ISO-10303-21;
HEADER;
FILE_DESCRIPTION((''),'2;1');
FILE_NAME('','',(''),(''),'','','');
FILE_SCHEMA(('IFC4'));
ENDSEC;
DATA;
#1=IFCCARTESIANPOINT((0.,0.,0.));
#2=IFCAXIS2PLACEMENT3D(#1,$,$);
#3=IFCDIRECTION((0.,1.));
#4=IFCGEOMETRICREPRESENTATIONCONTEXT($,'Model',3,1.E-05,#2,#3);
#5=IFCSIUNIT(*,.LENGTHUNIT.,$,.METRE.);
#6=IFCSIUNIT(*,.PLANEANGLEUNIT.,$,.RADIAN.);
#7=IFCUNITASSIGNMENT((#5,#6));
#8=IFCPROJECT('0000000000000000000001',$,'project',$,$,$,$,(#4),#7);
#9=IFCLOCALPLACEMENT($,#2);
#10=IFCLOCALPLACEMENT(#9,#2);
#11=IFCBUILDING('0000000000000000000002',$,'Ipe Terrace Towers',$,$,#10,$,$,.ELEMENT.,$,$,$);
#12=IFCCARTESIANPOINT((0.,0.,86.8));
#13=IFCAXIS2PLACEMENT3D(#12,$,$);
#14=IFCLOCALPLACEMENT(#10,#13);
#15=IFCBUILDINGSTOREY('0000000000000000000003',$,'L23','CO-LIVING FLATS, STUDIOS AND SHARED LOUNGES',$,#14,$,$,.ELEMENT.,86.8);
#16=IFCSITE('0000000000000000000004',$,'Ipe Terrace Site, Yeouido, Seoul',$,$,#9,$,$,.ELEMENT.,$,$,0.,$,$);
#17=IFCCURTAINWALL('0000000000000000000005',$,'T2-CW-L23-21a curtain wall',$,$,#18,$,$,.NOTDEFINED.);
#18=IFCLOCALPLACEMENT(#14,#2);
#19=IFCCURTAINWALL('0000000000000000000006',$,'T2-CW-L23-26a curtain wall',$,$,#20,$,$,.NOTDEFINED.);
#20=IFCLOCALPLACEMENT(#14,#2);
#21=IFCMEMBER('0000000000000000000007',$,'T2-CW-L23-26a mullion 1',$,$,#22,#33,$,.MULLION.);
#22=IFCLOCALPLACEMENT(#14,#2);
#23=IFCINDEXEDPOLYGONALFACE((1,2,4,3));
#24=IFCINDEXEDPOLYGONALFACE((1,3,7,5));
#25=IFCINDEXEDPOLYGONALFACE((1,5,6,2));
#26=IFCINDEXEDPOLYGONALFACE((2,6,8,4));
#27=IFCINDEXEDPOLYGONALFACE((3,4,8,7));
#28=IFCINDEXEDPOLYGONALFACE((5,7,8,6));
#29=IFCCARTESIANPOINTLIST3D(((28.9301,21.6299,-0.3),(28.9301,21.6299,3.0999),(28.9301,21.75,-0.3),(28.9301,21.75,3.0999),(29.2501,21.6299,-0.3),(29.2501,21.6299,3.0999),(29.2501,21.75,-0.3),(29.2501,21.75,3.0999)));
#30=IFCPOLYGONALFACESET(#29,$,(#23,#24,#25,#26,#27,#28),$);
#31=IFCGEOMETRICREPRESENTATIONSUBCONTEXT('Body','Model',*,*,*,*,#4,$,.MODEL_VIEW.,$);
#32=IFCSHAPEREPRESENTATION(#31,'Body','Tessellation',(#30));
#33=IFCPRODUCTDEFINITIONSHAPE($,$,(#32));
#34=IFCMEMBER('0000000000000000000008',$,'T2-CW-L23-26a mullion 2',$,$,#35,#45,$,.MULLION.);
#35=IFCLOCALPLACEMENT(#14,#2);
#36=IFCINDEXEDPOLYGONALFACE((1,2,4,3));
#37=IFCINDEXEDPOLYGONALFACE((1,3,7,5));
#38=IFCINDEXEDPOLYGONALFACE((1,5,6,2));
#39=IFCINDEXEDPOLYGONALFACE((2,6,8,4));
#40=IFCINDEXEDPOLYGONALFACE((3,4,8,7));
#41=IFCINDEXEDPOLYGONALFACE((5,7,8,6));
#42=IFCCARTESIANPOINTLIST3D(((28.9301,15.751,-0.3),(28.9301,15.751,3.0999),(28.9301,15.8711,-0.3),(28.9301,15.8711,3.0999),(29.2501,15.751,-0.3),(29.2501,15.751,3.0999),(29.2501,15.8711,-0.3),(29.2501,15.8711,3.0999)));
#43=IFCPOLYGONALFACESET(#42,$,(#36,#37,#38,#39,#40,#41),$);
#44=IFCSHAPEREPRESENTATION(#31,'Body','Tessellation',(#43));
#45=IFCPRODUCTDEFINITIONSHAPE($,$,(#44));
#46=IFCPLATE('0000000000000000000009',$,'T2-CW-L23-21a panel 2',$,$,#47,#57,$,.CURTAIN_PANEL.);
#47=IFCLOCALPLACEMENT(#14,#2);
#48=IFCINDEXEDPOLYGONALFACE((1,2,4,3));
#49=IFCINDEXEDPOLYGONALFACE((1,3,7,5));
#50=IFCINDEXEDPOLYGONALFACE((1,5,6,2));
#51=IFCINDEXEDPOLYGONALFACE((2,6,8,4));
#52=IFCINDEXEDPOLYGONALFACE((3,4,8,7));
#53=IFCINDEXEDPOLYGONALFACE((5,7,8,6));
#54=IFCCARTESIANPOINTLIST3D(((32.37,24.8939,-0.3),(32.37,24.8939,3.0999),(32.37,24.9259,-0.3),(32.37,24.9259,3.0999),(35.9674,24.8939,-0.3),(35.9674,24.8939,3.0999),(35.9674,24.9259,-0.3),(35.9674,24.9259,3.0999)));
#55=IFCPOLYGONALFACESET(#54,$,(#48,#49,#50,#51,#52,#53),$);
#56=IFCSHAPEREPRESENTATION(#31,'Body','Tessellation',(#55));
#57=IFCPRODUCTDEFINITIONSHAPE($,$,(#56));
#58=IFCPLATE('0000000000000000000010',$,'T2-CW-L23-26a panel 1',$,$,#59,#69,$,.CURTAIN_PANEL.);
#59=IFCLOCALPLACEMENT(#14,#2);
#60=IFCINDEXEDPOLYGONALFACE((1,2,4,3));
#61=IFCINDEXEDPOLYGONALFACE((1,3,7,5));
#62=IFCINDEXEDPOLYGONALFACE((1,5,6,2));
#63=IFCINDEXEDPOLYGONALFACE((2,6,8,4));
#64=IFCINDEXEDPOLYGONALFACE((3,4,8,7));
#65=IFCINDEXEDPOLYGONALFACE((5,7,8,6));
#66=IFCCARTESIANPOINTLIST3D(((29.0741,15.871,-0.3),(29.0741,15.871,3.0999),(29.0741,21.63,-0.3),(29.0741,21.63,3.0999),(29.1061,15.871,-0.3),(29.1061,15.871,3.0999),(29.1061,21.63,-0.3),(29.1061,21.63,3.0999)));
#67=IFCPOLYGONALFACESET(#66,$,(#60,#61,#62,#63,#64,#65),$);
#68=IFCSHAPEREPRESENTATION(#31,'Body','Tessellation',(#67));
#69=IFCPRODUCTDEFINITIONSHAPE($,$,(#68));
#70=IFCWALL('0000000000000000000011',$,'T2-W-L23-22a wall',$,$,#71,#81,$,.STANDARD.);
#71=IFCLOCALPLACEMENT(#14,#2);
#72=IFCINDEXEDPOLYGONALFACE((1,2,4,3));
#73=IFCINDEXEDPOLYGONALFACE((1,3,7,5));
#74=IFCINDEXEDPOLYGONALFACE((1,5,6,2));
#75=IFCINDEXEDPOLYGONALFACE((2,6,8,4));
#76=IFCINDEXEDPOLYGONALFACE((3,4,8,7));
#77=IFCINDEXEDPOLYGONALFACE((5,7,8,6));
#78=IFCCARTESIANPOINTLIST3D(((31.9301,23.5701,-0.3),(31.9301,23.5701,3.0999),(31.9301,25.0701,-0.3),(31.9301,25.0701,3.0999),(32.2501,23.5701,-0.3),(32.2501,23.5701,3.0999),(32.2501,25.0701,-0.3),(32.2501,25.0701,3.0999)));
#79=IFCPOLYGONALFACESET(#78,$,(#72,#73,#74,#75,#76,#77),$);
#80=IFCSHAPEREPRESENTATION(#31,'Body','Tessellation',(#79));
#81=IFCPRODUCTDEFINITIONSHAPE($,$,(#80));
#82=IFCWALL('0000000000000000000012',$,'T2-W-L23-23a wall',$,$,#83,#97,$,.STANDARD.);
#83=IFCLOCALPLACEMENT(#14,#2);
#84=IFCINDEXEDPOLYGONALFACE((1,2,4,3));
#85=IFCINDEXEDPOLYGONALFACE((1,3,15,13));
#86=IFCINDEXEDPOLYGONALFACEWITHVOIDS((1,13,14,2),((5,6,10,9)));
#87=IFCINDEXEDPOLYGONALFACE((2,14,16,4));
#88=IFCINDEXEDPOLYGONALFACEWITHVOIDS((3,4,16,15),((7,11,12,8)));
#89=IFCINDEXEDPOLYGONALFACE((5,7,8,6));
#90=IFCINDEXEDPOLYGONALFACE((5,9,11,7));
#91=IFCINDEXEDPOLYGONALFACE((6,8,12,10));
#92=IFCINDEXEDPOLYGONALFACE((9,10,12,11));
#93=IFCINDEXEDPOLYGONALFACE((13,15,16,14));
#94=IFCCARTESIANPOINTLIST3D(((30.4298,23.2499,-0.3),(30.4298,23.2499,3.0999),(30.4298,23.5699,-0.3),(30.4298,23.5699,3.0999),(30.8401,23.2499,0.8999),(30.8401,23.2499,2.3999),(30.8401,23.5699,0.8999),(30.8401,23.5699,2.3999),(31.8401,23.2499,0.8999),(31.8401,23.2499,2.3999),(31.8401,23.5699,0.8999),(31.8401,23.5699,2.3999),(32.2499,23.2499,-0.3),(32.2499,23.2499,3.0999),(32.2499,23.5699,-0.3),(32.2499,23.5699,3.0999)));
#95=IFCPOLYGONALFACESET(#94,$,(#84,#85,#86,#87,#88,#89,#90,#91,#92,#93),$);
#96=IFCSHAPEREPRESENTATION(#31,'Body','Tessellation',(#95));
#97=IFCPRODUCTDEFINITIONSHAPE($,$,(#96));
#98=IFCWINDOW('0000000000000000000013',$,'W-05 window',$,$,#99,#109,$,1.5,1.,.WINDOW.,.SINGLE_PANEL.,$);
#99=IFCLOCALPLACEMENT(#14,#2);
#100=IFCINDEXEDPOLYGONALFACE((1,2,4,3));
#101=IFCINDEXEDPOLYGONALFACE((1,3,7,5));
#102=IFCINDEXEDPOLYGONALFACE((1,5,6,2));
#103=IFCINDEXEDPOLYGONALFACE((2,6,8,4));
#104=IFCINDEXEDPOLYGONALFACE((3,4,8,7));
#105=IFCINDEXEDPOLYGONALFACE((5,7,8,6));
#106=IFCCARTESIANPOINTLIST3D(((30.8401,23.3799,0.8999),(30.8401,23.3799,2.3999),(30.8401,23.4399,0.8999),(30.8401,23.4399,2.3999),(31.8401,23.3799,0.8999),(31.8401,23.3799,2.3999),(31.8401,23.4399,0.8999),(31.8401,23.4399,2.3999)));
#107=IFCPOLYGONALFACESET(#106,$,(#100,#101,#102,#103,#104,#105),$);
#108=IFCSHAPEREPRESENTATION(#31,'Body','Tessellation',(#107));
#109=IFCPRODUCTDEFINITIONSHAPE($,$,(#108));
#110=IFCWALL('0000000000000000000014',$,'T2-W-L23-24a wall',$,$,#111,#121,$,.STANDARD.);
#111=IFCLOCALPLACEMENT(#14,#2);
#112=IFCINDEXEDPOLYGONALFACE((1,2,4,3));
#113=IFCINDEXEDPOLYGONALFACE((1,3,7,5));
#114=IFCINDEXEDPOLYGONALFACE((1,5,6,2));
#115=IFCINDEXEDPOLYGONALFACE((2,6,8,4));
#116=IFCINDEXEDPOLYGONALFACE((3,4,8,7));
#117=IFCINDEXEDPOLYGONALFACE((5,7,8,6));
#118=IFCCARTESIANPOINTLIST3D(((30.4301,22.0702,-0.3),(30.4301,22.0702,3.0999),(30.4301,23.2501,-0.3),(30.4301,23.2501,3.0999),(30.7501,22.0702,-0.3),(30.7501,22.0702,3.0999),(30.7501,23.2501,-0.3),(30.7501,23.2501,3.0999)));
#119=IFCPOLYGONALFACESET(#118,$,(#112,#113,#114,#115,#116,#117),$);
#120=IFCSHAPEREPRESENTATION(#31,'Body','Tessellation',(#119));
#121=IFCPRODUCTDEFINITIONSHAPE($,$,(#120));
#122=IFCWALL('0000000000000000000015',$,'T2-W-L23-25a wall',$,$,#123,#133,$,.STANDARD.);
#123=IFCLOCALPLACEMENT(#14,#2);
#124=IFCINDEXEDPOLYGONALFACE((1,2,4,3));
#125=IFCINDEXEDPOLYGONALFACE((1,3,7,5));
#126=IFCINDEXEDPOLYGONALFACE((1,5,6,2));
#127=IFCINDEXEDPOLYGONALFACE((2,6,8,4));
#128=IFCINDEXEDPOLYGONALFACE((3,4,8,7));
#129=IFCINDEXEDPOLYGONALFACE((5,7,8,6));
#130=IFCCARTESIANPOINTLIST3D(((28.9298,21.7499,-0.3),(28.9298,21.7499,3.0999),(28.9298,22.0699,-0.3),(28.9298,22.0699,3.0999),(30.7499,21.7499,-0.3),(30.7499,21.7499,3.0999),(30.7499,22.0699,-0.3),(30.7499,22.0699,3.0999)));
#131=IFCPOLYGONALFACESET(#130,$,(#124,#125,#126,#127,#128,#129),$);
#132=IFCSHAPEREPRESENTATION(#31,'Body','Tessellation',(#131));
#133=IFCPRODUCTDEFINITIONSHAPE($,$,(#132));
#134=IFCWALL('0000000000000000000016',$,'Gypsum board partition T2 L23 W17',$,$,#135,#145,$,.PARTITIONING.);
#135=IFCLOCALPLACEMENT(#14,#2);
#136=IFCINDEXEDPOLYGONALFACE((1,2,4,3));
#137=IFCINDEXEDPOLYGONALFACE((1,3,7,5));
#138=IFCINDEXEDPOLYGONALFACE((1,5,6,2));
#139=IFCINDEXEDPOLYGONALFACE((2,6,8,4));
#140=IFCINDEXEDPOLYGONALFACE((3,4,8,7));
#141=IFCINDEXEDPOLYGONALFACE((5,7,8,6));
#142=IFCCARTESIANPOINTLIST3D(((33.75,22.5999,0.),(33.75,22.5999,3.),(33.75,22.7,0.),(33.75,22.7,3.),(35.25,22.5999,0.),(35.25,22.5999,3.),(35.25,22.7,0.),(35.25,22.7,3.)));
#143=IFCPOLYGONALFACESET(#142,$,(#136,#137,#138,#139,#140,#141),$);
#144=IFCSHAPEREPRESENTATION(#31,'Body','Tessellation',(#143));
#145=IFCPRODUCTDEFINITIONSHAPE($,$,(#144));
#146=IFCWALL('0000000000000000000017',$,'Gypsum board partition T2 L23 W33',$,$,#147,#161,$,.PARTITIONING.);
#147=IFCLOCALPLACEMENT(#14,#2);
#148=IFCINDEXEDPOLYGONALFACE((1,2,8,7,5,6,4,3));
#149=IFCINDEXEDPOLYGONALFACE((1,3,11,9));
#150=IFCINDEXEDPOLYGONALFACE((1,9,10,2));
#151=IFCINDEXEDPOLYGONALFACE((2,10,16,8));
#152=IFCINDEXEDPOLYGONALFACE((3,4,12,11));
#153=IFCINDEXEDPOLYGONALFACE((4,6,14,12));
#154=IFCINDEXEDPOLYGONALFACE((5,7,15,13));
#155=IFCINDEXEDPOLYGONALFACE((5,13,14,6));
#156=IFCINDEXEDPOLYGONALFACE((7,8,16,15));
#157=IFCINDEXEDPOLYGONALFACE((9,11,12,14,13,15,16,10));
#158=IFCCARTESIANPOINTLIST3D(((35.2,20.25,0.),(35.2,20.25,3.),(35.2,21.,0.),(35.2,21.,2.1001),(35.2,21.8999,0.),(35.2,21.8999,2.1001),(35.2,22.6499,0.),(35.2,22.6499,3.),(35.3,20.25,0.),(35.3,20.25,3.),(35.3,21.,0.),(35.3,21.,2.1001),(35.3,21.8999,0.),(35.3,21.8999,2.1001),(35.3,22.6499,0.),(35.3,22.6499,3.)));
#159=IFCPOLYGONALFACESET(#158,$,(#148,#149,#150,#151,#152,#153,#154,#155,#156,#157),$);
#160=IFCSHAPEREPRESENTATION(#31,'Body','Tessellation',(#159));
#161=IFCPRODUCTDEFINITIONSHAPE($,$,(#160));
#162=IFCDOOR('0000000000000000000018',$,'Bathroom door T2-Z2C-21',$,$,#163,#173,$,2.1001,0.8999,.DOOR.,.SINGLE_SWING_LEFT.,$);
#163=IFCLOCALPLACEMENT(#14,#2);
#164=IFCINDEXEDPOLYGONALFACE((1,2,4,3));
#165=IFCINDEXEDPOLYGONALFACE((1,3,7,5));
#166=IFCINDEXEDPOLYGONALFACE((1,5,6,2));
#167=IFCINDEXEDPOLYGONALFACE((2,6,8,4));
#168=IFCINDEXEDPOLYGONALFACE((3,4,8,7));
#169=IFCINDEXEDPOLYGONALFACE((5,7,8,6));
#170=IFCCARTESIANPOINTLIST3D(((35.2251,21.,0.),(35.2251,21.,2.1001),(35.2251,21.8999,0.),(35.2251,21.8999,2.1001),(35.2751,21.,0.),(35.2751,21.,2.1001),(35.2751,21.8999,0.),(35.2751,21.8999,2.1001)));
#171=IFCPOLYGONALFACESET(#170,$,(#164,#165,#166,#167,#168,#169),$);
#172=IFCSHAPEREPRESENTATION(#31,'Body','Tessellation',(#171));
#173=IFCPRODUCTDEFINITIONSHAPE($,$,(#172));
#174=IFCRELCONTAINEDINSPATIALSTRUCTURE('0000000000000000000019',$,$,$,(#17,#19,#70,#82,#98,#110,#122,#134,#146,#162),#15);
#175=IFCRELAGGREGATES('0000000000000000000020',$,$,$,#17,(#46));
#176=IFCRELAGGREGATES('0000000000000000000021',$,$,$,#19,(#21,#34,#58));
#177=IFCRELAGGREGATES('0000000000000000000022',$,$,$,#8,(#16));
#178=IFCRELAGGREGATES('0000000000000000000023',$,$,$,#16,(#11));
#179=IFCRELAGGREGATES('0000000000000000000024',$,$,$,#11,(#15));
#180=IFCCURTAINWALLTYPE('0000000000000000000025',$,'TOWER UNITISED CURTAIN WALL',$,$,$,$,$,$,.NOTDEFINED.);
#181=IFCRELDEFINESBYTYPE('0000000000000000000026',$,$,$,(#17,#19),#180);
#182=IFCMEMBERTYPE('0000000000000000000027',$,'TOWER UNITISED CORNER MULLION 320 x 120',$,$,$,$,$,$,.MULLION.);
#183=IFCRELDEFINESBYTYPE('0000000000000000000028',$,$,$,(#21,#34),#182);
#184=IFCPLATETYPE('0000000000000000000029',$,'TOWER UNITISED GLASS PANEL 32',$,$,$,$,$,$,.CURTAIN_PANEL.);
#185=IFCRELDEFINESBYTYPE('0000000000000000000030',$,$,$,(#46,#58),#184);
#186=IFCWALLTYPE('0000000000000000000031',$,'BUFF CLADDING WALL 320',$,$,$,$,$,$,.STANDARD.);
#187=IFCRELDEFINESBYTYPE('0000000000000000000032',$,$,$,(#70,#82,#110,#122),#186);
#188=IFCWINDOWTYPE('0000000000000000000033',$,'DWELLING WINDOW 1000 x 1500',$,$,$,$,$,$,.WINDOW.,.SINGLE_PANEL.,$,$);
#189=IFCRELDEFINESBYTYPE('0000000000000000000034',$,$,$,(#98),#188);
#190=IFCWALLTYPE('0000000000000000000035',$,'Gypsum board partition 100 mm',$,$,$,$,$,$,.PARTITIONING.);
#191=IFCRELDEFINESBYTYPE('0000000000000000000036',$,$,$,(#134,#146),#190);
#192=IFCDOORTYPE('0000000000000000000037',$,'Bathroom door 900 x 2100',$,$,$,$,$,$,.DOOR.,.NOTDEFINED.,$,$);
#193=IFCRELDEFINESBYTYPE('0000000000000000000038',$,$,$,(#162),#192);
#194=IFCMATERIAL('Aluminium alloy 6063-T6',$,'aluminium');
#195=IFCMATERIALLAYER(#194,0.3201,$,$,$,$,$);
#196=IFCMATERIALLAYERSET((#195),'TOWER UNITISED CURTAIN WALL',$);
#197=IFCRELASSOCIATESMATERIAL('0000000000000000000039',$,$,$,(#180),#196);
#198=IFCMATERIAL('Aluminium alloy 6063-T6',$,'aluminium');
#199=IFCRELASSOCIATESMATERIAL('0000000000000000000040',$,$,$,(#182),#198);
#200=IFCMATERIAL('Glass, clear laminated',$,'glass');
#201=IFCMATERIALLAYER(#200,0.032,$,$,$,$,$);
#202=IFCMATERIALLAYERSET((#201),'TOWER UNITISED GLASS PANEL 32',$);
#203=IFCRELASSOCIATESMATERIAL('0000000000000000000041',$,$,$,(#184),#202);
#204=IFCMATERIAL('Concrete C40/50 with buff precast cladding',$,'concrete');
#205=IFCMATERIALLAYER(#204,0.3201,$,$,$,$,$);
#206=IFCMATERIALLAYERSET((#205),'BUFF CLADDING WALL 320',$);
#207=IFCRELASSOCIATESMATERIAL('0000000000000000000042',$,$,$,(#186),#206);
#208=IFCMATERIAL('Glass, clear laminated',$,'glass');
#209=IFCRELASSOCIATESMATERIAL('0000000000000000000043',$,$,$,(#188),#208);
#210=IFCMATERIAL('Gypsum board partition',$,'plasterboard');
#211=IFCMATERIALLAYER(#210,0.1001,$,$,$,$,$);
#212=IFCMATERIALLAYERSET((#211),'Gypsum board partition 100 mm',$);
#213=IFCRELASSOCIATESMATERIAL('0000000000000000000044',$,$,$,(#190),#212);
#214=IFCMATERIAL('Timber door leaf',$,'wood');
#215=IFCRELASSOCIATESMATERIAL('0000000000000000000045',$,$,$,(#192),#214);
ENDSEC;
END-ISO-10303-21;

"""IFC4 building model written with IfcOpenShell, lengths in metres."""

from ifc_helpers import new_model, si_unit, direction, frame, frame_2d, origin, origin_2d, place, context, subcontext, project, spatial, rectangle, extrude, material, layer, layer_set, material_profile, profile_set, type_object, element, fill, aggregate, save


model = new_model("IFC4")

# Units and contexts
model_context = context("Model", 3, precision=1e-05, world=origin(), true_north=direction((0.0, 1.0)))
body_context = subcontext(model_context, "Body", "Model", "MODEL_VIEW")
ifc_project = project(units=[si_unit("LENGTHUNIT", "METRE"), si_unit("PLANEANGLEUNIT", "RADIAN")], contexts=[model_context])

# Site, building, storey
site_placement = place(None, origin())
site = spatial("IfcSite", under=ifc_project, at=site_placement, Name="Ipe Terrace Site, Yeouido, Seoul", CompositionType="ELEMENT", RefElevation=0.0)
building_placement = place(site_placement, origin())
building = spatial("IfcBuilding", under=site, at=building_placement, Name="Ipe Terrace Towers", CompositionType="ELEMENT")
storey_placement = place(building_placement, frame((0.0, 0.0, 86.8)))
storey = spatial("IfcBuildingStorey", under=building, at=storey_placement, Name="L23", Description="CO-LIVING FLATS, STUDIOS AND SHARED LOUNGES", CompositionType="ELEMENT", Elevation=86.8)

# Curtain wall
ifc_material_1 = material(Name="Aluminium alloy 6063-T6", Category="aluminium")
ifc_layer_1 = layer(ifc_material_1, 0.3201)
ifc_layer_set_1 = layer_set([ifc_layer_1], Name="TOWER UNITISED CURTAIN WALL")
curtain_wall_type = type_object("IfcCurtainWallType", Name="TOWER UNITISED CURTAIN WALL", PredefinedType="NOTDEFINED", material=ifc_layer_set_1)
curtain_wall_1_placement = place(storey_placement, origin())
curtain_wall_1 = element("IfcCurtainWall", 1, at=curtain_wall_1_placement, inside=storey, type_object=curtain_wall_type, Name="T2-CW-L23-21a curtain wall", PredefinedType="NOTDEFINED")
ifc_material_2 = material(Name="Aluminium alloy 6063-T6", Category="aluminium")
ifc_material_profile_1 = material_profile(ifc_material_2, rectangle(XDim=0.3201, YDim=0.1201, at=origin_2d()), Name="TOWER UNITISED CORNER MULLION 320 x 120")
ifc_profile_set_1 = profile_set([ifc_material_profile_1], Name="Aluminium alloy 6063-T6")
member_type = type_object("IfcMemberType", Name="TOWER UNITISED CORNER MULLION 320 x 120", PredefinedType="MULLION", material=ifc_profile_set_1)

# Curtain wall, members
curtain_wall_2_placement = place(storey_placement, origin())
curtain_wall_2 = element("IfcCurtainWall", 2, at=curtain_wall_2_placement, inside=storey, type_object=curtain_wall_type, Name="T2-CW-L23-26a curtain wall", PredefinedType="NOTDEFINED")
member_1_placement = place(storey_placement, frame((29.0901, 21.6899, -0.3), z_axis=(0.0, 0.0, 1.0), x_axis=(-1.0, 0.0, 0.0)))
member_1 = element("IfcMember", 3, at=member_1_placement, type_object=member_type, Name="T2-CW-L23-26a mullion 1", PredefinedType="MULLION", context=body_context, shape_type="SweptSolid", body=[
    extrude(rectangle(XDim=0.3201, YDim=0.1201, at=origin_2d()), origin(), (0.0, 0.0, 1.0), 3.3999),
])
member_2_placement = place(storey_placement, frame((29.0901, 15.811, -0.3), z_axis=(0.0, 0.0, 1.0), x_axis=(-1.0, 0.0, 0.0)))
member_2 = element("IfcMember", 4, at=member_2_placement, type_object=member_type, Name="T2-CW-L23-26a mullion 2", PredefinedType="MULLION", context=body_context, shape_type="SweptSolid", body=[
    extrude(rectangle(XDim=0.3201, YDim=0.1201, at=origin_2d()), origin(), (0.0, 0.0, 1.0), 3.3999),
])

# Plates
ifc_material_3 = material(Name="Glass, clear laminated", Category="glass")
ifc_layer_2 = layer(ifc_material_3, 0.032)
ifc_layer_set_2 = layer_set([ifc_layer_2], Name="TOWER UNITISED GLASS PANEL 32")
plate_type = type_object("IfcPlateType", Name="TOWER UNITISED GLASS PANEL 32", PredefinedType="CURTAIN_PANEL", material=ifc_layer_set_2)
plate_1_placement = place(storey_placement, frame((34.1687, 24.9099, -0.3), z_axis=(0.0, 0.0, 1.0), x_axis=(-1.0, 0.0, 0.0)))
plate_1 = element("IfcPlate", 5, at=plate_1_placement, type_object=plate_type, Name="T2-CW-L23-21a panel 2", PredefinedType="CURTAIN_PANEL", context=body_context, shape_type="SweptSolid", body=[
    extrude(rectangle(XDim=3.5974, YDim=0.032, at=origin_2d()), origin(), (0.0, 0.0, 1.0), 3.3999),
])
aggregate(curtain_wall_1, [plate_1])
plate_2_placement = place(storey_placement, frame((29.0901, 18.7505, -0.3), z_axis=(0.0, 0.0, 1.0), x_axis=(0.0, -1.0, 0.0)))
plate_2 = element("IfcPlate", 6, at=plate_2_placement, type_object=plate_type, Name="T2-CW-L23-26a panel 1", PredefinedType="CURTAIN_PANEL", context=body_context, shape_type="SweptSolid", body=[
    extrude(rectangle(XDim=5.759, YDim=0.032, at=origin_2d()), origin(), (0.0, 0.0, 1.0), 3.3999),
])
aggregate(curtain_wall_2, [member_1, member_2, plate_2])

# Wall
ifc_material_4 = material(Name="Concrete C40/50 with buff precast cladding", Category="concrete")
ifc_layer_3 = layer(ifc_material_4, 0.3201)
ifc_layer_set_3 = layer_set([ifc_layer_3], Name="BUFF CLADDING WALL 320")
wall_type_1 = type_object("IfcWallType", Name="BUFF CLADDING WALL 320", PredefinedType="STANDARD", material=ifc_layer_set_3)
wall_1_placement = place(storey_placement, frame((32.0901, 25.0701, -0.3), z_axis=(0.0, 0.0, 1.0), x_axis=(0.0, -1.0, 0.0)))
element("IfcWall", 7, at=wall_1_placement, inside=storey, type_object=wall_type_1, Name="T2-W-L23-22a wall", PredefinedType="STANDARD", context=body_context, shape_type="SweptSolid", body=[
    extrude(rectangle(XDim=1.5, YDim=0.3201, at=frame_2d((0.75, 0.0))), origin(), (0.0, 0.0, 1.0), 3.3999),
])

# Wall, opening, window
wall_2_placement = place(storey_placement, frame((32.25, 23.4099, -0.3), z_axis=(0.0, 0.0, 1.0), x_axis=(-1.0, 0.0, 0.0)))
wall_2 = element("IfcWall", 8, at=wall_2_placement, inside=storey, type_object=wall_type_1, Name="T2-W-L23-23a wall", PredefinedType="STANDARD", context=body_context, shape_type="SweptSolid", body=[
    extrude(rectangle(XDim=1.8201, YDim=0.3201, at=frame_2d((0.9102, 0.0))), origin(), (0.0, 0.0, 1.0), 3.3999),
])
opening_1_placement = place(wall_2_placement, frame((0.4099, 0.0, 1.2)))
opening_1 = element("IfcOpeningElement", 9, at=opening_1_placement, cuts=wall_2, PredefinedType="OPENING", context=body_context, shape_type="SweptSolid", body=[
    extrude(rectangle(XDim=1.0, YDim=1.5, at=frame_2d((0.5, 0.75))), frame((0.0, 0.1699, 0.0), z_axis=(0.0, -1.0, 0.0), x_axis=(1.0, 0.0, 0.0)), (0.0, 0.0, 1.0), 0.3401),
])
ifc_material_5 = material(Name="Glass, clear laminated", Category="glass")
window_type = type_object("IfcWindowType", Name="DWELLING WINDOW 1000 x 1500", PartitioningType="SINGLE_PANEL", PredefinedType="WINDOW", material=ifc_material_5)
window_placement = place(opening_1_placement, origin())
window = element("IfcWindow", 10, at=window_placement, inside=storey, type_object=window_type, Name="W-05 window", OverallHeight=1.5, OverallWidth=1.0, PartitioningType="SINGLE_PANEL", PredefinedType="WINDOW", context=body_context, shape_type="SweptSolid", body=[
    extrude(rectangle(XDim=1.0, YDim=1.5, at=frame_2d((0.5, 0.75))), frame((0.0, 0.03, 0.0), z_axis=(0.0, -1.0, 0.0), x_axis=(1.0, 0.0, 0.0)), (0.0, 0.0, 1.0), 0.0601),
])
fill(opening_1, window)

# Walls
wall_3_placement = place(storey_placement, frame((30.5901, 23.25, -0.3), z_axis=(0.0, 0.0, 1.0), x_axis=(0.0, -1.0, 0.0)))
element("IfcWall", 11, at=wall_3_placement, inside=storey, type_object=wall_type_1, Name="T2-W-L23-24a wall", PredefinedType="STANDARD", context=body_context, shape_type="SweptSolid", body=[
    extrude(rectangle(XDim=1.1799, YDim=0.3201, at=frame_2d((0.5898, 0.0))), origin(), (0.0, 0.0, 1.0), 3.3999),
])
wall_4_placement = place(storey_placement, frame((30.75, 21.9099, -0.3), z_axis=(0.0, 0.0, 1.0), x_axis=(-1.0, 0.0, 0.0)))
element("IfcWall", 12, at=wall_4_placement, inside=storey, type_object=wall_type_1, Name="T2-W-L23-25a wall", PredefinedType="STANDARD", context=body_context, shape_type="SweptSolid", body=[
    extrude(rectangle(XDim=1.8201, YDim=0.3201, at=frame_2d((0.9102, 0.0))), origin(), (0.0, 0.0, 1.0), 3.3999),
])
ifc_material_6 = material(Name="Gypsum board partition", Category="plasterboard")
ifc_layer_4 = layer(ifc_material_6, 0.1001)
ifc_layer_set_4 = layer_set([ifc_layer_4], Name="Gypsum board partition 100 mm")
wall_type_2 = type_object("IfcWallType", Name="Gypsum board partition 100 mm", PredefinedType="PARTITIONING", material=ifc_layer_set_4)
wall_5_placement = place(storey_placement, frame((35.25, 22.6499, 0.0), z_axis=(0.0, 0.0, 1.0), x_axis=(-1.0, 0.0, 0.0)))
element("IfcWall", 13, at=wall_5_placement, inside=storey, type_object=wall_type_2, Name="Gypsum board partition T2 L23 W17", PredefinedType="PARTITIONING", context=body_context, shape_type="SweptSolid", body=[
    extrude(rectangle(XDim=1.5, YDim=0.1001, at=frame_2d((0.75, 0.0))), origin(), (0.0, 0.0, 1.0), 3.0),
])

# Wall, opening, door
wall_6_placement = place(storey_placement, frame((35.25, 20.25, 0.0), z_axis=(0.0, 0.0, 1.0), x_axis=(0.0, 1.0, 0.0)))
wall_6 = element("IfcWall", 14, at=wall_6_placement, inside=storey, type_object=wall_type_2, Name="Gypsum board partition T2 L23 W33", PredefinedType="PARTITIONING", context=body_context, shape_type="SweptSolid", body=[
    extrude(rectangle(XDim=2.3999, YDim=0.1001, at=frame_2d((1.2, 0.0))), origin(), (0.0, 0.0, 1.0), 3.0),
])
opening_2_placement = place(wall_6_placement, frame((0.75, 0.0, 0.0)))
opening_2 = element("IfcOpeningElement", 15, at=opening_2_placement, cuts=wall_6, PredefinedType="OPENING", context=body_context, shape_type="SweptSolid", body=[
    extrude(rectangle(XDim=0.8999, YDim=2.1001, at=frame_2d((0.45, 1.05))), frame((0.0, 0.0601, 0.0), z_axis=(0.0, -1.0, 0.0), x_axis=(1.0, 0.0, 0.0)), (0.0, 0.0, 1.0), 0.1201),
])
ifc_material_7 = material(Name="Timber door leaf", Category="wood")
door_type_1 = type_object("IfcDoorType", Name="Bathroom door 900 x 2100", OperationType="NOTDEFINED", PredefinedType="DOOR", material=ifc_material_7)
door_1_placement = place(opening_2_placement, origin())
door_1 = element("IfcDoor", 16, at=door_1_placement, inside=storey, type_object=door_type_1, Name="Bathroom door T2-Z2C-21", OperationType="SINGLE_SWING_LEFT", OverallHeight=2.1001, OverallWidth=0.8999, PredefinedType="DOOR", context=body_context, shape_type="SweptSolid", body=[
    extrude(rectangle(XDim=0.8999, YDim=2.1001, at=frame_2d((0.45, 1.05))), frame((0.0, 0.0249, 0.0), z_axis=(0.0, -1.0, 0.0), x_axis=(1.0, 0.0, 0.0)), (0.0, 0.0, 1.0), 0.05),
])
fill(opening_2, door_1)

save(model, "model.ifc")
